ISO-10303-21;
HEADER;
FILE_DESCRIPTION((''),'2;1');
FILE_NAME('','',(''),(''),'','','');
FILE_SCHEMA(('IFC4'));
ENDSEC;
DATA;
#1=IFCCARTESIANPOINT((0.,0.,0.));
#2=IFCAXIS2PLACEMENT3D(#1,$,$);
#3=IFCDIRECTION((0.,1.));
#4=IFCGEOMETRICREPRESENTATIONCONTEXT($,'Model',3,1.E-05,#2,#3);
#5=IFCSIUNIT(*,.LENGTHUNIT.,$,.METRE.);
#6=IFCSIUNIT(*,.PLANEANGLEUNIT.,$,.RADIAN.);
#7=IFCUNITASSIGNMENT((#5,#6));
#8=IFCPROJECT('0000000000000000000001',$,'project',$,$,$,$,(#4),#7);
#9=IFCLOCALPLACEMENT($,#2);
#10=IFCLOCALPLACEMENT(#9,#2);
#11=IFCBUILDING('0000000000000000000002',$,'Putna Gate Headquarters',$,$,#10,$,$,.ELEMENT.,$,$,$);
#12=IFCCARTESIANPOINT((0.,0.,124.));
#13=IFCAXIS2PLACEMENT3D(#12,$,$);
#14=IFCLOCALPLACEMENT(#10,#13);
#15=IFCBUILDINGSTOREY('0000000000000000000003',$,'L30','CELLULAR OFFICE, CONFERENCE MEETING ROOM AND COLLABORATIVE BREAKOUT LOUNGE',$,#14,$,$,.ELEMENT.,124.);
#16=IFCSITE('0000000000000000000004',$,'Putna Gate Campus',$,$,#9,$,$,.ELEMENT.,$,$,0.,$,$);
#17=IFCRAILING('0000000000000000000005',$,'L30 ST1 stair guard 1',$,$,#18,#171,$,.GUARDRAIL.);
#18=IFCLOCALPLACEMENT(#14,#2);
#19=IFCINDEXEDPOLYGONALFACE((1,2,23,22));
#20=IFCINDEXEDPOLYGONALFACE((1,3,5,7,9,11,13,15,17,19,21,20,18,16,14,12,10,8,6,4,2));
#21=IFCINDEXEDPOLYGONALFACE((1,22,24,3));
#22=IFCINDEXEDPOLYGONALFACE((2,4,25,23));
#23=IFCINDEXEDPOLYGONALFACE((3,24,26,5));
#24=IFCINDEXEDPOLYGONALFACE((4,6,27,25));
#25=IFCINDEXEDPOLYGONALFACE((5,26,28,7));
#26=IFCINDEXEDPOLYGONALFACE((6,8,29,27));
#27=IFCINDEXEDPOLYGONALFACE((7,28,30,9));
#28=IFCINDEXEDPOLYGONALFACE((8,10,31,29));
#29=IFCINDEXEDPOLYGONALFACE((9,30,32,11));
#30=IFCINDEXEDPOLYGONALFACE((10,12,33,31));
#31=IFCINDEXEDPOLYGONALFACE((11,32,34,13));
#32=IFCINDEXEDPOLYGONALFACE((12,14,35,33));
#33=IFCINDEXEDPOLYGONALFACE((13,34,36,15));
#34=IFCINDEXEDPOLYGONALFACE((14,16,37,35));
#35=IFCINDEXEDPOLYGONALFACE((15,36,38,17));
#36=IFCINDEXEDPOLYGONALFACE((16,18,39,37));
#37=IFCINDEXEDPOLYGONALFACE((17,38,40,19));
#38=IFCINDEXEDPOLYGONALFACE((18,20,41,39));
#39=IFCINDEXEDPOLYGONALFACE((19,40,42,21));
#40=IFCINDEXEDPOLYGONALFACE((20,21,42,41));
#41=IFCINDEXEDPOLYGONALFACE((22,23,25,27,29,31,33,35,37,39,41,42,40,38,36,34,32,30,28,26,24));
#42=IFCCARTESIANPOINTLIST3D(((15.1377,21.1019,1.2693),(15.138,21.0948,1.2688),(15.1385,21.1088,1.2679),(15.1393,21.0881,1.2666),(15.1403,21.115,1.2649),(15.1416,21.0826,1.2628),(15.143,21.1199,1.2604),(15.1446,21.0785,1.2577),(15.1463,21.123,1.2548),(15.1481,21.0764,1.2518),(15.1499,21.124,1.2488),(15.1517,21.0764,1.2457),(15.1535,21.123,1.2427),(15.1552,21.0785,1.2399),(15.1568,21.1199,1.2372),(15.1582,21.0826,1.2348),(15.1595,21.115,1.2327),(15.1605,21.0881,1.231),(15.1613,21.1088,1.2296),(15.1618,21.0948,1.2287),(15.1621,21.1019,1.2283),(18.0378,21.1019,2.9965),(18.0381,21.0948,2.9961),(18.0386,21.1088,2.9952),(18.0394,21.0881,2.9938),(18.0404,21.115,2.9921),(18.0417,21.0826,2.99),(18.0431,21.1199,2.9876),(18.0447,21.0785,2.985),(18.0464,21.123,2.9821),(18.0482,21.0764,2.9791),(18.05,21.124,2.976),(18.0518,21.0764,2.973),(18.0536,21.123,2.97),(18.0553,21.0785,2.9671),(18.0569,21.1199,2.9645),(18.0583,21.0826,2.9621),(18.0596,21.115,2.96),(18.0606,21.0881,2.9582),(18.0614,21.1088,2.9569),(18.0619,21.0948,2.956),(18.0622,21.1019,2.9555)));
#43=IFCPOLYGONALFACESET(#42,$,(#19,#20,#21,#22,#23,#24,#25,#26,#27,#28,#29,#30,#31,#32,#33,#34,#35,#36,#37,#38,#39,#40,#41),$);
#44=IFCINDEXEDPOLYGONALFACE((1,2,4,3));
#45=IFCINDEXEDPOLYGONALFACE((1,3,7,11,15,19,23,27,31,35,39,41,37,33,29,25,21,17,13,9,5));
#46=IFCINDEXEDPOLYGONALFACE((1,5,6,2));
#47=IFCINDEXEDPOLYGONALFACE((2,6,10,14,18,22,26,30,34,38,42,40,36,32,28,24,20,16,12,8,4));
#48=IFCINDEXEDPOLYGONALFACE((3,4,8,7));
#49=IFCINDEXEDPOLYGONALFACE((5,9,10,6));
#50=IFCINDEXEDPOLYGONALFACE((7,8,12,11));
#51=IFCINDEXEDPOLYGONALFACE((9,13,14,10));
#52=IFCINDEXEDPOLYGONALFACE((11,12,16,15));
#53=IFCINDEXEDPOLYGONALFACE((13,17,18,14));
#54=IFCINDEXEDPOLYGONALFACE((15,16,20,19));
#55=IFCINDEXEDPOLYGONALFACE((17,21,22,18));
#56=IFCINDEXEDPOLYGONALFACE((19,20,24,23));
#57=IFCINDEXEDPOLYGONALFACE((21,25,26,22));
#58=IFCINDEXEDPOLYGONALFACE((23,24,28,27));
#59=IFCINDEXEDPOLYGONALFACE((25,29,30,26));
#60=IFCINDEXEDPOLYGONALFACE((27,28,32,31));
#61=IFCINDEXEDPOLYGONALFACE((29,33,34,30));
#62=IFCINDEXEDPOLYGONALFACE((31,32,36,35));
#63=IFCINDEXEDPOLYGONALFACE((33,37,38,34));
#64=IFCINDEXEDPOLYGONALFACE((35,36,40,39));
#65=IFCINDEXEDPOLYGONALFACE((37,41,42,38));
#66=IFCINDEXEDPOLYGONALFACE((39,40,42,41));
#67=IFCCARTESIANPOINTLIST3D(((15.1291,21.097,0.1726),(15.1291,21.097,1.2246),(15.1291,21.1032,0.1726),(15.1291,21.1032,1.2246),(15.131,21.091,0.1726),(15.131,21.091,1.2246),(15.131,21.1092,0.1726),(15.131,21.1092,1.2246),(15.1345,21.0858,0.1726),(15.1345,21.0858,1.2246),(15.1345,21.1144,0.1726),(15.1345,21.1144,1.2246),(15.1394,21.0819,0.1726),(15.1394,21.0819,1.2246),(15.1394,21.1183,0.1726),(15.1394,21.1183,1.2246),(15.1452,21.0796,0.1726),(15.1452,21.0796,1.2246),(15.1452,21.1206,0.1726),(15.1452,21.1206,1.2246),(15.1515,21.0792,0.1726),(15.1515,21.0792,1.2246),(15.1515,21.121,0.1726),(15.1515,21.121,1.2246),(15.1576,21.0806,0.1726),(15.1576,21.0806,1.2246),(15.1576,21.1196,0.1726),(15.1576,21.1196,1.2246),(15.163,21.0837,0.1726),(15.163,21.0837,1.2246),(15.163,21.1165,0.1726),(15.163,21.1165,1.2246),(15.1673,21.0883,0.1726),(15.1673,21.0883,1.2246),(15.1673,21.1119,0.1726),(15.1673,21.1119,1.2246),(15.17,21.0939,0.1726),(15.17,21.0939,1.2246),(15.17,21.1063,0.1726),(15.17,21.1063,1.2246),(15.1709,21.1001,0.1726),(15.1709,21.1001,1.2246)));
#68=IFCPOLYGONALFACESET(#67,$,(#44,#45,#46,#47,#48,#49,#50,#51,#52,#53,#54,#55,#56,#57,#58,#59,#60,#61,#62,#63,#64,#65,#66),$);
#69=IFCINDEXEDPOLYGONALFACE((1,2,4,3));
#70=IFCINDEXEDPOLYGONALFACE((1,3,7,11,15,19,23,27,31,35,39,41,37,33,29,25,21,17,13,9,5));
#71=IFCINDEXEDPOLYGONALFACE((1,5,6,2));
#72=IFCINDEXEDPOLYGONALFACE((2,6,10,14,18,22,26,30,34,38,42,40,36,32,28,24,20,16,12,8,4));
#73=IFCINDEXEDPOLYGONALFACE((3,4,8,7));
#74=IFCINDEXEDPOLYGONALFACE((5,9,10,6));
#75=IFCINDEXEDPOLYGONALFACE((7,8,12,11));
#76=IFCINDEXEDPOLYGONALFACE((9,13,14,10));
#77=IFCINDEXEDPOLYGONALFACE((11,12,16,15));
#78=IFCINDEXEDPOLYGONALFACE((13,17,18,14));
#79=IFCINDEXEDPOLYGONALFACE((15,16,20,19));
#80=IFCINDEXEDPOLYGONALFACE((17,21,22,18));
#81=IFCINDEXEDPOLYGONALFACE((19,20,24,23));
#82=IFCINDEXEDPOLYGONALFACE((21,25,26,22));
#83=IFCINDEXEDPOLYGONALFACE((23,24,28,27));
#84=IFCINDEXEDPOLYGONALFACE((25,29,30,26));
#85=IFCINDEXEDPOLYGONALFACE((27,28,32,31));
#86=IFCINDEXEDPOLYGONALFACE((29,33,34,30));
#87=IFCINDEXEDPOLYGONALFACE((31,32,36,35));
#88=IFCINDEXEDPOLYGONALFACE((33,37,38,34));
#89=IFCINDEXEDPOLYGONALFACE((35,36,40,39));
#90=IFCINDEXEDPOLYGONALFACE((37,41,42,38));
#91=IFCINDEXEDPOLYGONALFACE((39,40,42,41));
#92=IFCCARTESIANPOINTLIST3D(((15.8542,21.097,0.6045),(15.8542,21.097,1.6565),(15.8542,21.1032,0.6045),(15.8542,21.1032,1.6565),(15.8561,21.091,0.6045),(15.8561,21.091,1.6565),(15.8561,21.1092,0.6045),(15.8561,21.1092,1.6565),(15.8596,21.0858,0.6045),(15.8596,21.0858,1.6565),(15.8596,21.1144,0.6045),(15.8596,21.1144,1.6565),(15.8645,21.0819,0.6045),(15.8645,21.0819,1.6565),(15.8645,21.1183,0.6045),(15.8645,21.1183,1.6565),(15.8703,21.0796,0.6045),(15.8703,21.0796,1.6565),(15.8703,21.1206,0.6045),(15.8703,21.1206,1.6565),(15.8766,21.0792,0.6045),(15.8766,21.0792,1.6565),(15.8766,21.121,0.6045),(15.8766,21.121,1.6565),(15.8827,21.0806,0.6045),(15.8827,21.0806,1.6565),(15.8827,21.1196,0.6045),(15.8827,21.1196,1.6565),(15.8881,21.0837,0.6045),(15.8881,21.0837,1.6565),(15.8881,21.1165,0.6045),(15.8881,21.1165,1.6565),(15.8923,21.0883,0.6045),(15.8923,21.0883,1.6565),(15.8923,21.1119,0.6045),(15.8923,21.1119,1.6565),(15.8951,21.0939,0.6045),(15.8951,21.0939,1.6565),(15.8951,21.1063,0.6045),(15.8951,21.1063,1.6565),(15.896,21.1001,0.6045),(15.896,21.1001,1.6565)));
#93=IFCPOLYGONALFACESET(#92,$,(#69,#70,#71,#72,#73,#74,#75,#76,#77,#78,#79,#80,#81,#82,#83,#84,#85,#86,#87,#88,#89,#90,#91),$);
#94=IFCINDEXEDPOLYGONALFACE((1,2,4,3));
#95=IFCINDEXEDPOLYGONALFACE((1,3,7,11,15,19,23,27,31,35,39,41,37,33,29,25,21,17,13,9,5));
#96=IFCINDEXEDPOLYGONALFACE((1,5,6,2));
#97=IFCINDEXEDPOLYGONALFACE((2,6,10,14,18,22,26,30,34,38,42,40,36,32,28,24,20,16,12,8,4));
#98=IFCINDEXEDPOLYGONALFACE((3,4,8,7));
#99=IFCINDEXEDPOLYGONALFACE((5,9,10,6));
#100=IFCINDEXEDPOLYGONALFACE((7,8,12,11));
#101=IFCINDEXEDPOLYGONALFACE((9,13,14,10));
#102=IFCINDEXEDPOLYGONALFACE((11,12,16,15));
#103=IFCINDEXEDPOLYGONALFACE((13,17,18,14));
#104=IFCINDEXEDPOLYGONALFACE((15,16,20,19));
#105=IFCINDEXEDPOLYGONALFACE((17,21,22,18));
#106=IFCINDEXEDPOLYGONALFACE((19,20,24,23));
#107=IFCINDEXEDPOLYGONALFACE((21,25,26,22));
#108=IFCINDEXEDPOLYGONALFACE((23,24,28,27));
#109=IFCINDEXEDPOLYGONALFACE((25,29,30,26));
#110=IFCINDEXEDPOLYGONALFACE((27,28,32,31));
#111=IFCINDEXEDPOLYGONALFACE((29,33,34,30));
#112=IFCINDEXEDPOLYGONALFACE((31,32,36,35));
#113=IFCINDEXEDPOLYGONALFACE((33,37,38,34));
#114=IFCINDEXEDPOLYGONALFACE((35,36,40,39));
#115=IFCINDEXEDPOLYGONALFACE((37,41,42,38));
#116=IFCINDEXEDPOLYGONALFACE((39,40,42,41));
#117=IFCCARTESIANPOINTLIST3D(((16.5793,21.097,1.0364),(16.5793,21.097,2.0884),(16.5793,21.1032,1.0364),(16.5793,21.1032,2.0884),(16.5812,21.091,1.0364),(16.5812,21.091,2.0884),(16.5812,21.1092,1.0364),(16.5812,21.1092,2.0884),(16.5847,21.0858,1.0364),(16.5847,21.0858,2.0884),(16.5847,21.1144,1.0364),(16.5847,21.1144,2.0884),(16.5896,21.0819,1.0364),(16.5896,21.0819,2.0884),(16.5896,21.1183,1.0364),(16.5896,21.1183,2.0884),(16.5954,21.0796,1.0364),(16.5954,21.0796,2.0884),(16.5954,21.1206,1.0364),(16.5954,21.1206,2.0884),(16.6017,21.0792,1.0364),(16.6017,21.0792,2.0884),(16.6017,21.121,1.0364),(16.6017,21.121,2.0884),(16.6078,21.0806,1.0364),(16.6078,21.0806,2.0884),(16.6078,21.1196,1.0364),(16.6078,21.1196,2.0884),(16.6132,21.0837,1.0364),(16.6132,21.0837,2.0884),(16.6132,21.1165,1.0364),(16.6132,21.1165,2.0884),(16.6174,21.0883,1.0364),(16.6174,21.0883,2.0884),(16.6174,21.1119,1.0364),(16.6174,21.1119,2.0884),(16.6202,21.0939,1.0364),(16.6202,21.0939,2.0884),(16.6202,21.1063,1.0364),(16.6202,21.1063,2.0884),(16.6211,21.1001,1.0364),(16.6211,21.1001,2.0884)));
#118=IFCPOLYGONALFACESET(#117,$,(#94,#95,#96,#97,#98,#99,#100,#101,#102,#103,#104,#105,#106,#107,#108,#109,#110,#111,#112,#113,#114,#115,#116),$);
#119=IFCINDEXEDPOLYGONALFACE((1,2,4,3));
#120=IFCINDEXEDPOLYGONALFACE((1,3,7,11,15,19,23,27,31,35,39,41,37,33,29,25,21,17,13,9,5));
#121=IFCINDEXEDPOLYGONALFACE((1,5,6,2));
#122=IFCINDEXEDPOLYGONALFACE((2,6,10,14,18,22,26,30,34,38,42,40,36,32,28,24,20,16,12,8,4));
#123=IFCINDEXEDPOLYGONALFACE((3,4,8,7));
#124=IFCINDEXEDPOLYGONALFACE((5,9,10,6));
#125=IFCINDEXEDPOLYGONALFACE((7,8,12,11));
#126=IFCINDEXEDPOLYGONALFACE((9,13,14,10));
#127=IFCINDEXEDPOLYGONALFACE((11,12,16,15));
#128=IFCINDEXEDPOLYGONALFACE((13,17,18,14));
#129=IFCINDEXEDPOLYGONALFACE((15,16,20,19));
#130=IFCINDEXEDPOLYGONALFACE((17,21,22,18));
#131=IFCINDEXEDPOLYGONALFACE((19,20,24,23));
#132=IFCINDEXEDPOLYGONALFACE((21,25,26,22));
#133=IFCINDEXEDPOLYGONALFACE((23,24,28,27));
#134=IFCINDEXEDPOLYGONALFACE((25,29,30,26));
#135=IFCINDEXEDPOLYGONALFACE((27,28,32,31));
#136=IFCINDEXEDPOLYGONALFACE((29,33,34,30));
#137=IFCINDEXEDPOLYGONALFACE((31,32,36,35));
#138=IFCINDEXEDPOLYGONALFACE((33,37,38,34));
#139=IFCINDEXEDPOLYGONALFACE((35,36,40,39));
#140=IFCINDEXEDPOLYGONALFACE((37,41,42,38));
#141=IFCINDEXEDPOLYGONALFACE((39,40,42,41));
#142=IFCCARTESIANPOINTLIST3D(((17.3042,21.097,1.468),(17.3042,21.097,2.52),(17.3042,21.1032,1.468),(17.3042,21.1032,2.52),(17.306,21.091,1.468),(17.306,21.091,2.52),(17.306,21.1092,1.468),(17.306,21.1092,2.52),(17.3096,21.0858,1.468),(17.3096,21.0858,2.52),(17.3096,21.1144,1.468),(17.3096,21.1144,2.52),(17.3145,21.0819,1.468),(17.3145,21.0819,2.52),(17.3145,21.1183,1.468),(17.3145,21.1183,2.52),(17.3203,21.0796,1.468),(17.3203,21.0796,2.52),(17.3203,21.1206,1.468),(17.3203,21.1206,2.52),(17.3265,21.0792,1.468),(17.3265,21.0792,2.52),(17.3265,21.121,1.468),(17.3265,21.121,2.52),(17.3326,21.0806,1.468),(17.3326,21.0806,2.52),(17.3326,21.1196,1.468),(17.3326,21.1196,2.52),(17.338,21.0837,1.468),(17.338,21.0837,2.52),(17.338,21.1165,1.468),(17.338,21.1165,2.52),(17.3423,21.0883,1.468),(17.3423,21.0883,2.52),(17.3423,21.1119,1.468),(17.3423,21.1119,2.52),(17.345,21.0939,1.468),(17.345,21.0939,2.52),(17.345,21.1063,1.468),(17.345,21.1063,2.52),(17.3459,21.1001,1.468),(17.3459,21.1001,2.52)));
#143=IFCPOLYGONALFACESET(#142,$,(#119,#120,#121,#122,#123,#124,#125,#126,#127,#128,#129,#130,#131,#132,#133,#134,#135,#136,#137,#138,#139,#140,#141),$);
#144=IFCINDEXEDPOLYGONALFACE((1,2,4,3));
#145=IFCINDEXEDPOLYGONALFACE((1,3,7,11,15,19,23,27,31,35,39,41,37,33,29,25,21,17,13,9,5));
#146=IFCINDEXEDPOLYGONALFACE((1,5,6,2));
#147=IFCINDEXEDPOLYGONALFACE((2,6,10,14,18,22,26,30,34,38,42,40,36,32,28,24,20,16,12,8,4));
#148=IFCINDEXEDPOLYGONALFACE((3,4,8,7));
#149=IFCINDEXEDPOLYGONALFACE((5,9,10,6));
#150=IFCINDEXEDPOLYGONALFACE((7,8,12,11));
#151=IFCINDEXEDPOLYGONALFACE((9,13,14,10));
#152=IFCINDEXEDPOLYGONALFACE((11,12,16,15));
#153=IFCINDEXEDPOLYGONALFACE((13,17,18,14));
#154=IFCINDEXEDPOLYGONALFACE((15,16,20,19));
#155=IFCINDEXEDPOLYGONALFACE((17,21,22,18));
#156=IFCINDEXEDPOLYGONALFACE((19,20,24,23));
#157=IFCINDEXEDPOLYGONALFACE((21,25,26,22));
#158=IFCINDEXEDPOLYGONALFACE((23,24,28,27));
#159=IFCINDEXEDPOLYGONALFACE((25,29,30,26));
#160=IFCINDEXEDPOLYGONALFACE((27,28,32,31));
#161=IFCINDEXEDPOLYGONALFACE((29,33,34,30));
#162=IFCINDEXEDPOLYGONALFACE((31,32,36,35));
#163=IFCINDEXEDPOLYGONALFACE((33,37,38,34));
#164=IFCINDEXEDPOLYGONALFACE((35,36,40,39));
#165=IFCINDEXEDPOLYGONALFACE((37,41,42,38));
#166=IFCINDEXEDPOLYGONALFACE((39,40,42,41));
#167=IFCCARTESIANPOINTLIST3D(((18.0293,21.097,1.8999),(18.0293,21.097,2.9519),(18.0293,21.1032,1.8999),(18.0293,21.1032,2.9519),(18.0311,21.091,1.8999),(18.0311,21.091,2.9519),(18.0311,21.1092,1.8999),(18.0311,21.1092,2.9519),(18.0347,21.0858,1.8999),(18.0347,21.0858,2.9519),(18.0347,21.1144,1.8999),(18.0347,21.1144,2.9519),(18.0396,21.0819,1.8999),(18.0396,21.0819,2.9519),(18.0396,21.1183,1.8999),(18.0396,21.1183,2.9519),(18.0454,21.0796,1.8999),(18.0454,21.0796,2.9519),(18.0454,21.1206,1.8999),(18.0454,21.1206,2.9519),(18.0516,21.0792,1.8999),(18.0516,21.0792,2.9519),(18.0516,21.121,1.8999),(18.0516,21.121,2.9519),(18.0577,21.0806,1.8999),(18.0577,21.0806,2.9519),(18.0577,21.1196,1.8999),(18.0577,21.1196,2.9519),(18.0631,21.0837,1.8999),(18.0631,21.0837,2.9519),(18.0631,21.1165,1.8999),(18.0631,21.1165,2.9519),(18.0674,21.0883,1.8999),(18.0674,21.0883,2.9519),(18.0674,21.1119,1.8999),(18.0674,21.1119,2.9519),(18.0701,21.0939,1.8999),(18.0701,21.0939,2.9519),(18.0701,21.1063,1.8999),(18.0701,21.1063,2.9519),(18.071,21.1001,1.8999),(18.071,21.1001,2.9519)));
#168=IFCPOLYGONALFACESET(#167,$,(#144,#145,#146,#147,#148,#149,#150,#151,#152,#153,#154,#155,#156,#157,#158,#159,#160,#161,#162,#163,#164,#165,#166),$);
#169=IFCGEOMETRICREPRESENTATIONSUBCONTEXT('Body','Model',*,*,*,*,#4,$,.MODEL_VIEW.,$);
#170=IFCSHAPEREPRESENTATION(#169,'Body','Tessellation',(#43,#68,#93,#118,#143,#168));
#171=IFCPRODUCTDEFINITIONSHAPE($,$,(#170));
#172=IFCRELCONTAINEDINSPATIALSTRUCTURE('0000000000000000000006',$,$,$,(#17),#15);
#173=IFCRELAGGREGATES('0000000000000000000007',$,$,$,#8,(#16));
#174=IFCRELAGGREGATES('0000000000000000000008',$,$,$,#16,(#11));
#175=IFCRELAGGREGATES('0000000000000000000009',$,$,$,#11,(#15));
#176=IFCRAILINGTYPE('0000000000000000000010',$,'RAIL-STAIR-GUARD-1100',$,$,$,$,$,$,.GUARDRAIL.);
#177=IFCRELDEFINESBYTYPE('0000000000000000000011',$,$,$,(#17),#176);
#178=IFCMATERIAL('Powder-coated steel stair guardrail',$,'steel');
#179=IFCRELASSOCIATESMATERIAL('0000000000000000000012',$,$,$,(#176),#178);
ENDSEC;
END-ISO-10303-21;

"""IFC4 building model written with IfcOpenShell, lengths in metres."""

from ifc_helpers import new_model, si_unit, direction, frame, origin, origin_2d, place, context, subcontext, project, spatial, circle, extrude, material, type_object, element, save


model = new_model("IFC4")

# Units and contexts
model_context = context("Model", 3, precision=1e-05, world=origin(), true_north=direction((0.0, 1.0)))
body_context = subcontext(model_context, "Body", "Model", "MODEL_VIEW")
ifc_project = project(units=[si_unit("LENGTHUNIT", "METRE"), si_unit("PLANEANGLEUNIT", "RADIAN")], contexts=[model_context])

# Site, building, storey
site_placement = place(None, origin())
site = spatial("IfcSite", under=ifc_project, at=site_placement, Name="Putna Gate Campus", CompositionType="ELEMENT", RefElevation=0.0)
building_placement = place(site_placement, origin())
building = spatial("IfcBuilding", under=site, at=building_placement, Name="Putna Gate Headquarters", CompositionType="ELEMENT")
storey_placement = place(building_placement, frame((0.0, 0.0, 124.0)))
storey = spatial("IfcBuildingStorey", under=building, at=storey_placement, Name="L30", Description="CELLULAR OFFICE, CONFERENCE MEETING ROOM AND COLLABORATIVE BREAKOUT LOUNGE", CompositionType="ELEMENT", Elevation=124.0)

# Railing
ifc_material_1 = material(Name="Powder-coated steel stair guardrail", Category="steel")
railing_type_1 = type_object("IfcRailingType", Name="RAIL-STAIR-GUARD-1100", PredefinedType="GUARDRAIL", material=ifc_material_1)
railing_1_placement = place(storey_placement, frame((15.1499, 21.1001, 0.1726)))
element("IfcRailing", 1, at=railing_1_placement, inside=storey, type_object=railing_type_1, Name="L30 ST1 stair guard 1", PredefinedType="GUARDRAIL", context=body_context, shape_type="SweptSolid", body=[
    extrude(circle(Radius=0.0239, at=origin_2d()), frame((0.0, 0.0, 1.0762), z_axis=(0.85916, 0.0, 0.511706), x_axis=(0.0, 1.0, 0.0)), (0.0, 0.0, 1.0), 3.3755),
    extrude(circle(Radius=0.021, at=origin_2d()), origin(), (0.0, 0.0, 1.0), 1.052),
    extrude(circle(Radius=0.021, at=origin_2d()), frame((0.7251, 0.0, 0.4319)), (0.0, 0.0, 1.0), 1.052),
    extrude(circle(Radius=0.021, at=origin_2d()), frame((1.4502, 0.0, 0.8638)), (0.0, 0.0, 1.0), 1.052),
    extrude(circle(Radius=0.021, at=origin_2d()), frame((2.175, 0.0, 1.2954)), (0.0, 0.0, 1.0), 1.052),
    extrude(circle(Radius=0.021, at=origin_2d()), frame((2.9001, 0.0, 1.7273)), (0.0, 0.0, 1.0), 1.052),
])

save(model, "model.ifc")
